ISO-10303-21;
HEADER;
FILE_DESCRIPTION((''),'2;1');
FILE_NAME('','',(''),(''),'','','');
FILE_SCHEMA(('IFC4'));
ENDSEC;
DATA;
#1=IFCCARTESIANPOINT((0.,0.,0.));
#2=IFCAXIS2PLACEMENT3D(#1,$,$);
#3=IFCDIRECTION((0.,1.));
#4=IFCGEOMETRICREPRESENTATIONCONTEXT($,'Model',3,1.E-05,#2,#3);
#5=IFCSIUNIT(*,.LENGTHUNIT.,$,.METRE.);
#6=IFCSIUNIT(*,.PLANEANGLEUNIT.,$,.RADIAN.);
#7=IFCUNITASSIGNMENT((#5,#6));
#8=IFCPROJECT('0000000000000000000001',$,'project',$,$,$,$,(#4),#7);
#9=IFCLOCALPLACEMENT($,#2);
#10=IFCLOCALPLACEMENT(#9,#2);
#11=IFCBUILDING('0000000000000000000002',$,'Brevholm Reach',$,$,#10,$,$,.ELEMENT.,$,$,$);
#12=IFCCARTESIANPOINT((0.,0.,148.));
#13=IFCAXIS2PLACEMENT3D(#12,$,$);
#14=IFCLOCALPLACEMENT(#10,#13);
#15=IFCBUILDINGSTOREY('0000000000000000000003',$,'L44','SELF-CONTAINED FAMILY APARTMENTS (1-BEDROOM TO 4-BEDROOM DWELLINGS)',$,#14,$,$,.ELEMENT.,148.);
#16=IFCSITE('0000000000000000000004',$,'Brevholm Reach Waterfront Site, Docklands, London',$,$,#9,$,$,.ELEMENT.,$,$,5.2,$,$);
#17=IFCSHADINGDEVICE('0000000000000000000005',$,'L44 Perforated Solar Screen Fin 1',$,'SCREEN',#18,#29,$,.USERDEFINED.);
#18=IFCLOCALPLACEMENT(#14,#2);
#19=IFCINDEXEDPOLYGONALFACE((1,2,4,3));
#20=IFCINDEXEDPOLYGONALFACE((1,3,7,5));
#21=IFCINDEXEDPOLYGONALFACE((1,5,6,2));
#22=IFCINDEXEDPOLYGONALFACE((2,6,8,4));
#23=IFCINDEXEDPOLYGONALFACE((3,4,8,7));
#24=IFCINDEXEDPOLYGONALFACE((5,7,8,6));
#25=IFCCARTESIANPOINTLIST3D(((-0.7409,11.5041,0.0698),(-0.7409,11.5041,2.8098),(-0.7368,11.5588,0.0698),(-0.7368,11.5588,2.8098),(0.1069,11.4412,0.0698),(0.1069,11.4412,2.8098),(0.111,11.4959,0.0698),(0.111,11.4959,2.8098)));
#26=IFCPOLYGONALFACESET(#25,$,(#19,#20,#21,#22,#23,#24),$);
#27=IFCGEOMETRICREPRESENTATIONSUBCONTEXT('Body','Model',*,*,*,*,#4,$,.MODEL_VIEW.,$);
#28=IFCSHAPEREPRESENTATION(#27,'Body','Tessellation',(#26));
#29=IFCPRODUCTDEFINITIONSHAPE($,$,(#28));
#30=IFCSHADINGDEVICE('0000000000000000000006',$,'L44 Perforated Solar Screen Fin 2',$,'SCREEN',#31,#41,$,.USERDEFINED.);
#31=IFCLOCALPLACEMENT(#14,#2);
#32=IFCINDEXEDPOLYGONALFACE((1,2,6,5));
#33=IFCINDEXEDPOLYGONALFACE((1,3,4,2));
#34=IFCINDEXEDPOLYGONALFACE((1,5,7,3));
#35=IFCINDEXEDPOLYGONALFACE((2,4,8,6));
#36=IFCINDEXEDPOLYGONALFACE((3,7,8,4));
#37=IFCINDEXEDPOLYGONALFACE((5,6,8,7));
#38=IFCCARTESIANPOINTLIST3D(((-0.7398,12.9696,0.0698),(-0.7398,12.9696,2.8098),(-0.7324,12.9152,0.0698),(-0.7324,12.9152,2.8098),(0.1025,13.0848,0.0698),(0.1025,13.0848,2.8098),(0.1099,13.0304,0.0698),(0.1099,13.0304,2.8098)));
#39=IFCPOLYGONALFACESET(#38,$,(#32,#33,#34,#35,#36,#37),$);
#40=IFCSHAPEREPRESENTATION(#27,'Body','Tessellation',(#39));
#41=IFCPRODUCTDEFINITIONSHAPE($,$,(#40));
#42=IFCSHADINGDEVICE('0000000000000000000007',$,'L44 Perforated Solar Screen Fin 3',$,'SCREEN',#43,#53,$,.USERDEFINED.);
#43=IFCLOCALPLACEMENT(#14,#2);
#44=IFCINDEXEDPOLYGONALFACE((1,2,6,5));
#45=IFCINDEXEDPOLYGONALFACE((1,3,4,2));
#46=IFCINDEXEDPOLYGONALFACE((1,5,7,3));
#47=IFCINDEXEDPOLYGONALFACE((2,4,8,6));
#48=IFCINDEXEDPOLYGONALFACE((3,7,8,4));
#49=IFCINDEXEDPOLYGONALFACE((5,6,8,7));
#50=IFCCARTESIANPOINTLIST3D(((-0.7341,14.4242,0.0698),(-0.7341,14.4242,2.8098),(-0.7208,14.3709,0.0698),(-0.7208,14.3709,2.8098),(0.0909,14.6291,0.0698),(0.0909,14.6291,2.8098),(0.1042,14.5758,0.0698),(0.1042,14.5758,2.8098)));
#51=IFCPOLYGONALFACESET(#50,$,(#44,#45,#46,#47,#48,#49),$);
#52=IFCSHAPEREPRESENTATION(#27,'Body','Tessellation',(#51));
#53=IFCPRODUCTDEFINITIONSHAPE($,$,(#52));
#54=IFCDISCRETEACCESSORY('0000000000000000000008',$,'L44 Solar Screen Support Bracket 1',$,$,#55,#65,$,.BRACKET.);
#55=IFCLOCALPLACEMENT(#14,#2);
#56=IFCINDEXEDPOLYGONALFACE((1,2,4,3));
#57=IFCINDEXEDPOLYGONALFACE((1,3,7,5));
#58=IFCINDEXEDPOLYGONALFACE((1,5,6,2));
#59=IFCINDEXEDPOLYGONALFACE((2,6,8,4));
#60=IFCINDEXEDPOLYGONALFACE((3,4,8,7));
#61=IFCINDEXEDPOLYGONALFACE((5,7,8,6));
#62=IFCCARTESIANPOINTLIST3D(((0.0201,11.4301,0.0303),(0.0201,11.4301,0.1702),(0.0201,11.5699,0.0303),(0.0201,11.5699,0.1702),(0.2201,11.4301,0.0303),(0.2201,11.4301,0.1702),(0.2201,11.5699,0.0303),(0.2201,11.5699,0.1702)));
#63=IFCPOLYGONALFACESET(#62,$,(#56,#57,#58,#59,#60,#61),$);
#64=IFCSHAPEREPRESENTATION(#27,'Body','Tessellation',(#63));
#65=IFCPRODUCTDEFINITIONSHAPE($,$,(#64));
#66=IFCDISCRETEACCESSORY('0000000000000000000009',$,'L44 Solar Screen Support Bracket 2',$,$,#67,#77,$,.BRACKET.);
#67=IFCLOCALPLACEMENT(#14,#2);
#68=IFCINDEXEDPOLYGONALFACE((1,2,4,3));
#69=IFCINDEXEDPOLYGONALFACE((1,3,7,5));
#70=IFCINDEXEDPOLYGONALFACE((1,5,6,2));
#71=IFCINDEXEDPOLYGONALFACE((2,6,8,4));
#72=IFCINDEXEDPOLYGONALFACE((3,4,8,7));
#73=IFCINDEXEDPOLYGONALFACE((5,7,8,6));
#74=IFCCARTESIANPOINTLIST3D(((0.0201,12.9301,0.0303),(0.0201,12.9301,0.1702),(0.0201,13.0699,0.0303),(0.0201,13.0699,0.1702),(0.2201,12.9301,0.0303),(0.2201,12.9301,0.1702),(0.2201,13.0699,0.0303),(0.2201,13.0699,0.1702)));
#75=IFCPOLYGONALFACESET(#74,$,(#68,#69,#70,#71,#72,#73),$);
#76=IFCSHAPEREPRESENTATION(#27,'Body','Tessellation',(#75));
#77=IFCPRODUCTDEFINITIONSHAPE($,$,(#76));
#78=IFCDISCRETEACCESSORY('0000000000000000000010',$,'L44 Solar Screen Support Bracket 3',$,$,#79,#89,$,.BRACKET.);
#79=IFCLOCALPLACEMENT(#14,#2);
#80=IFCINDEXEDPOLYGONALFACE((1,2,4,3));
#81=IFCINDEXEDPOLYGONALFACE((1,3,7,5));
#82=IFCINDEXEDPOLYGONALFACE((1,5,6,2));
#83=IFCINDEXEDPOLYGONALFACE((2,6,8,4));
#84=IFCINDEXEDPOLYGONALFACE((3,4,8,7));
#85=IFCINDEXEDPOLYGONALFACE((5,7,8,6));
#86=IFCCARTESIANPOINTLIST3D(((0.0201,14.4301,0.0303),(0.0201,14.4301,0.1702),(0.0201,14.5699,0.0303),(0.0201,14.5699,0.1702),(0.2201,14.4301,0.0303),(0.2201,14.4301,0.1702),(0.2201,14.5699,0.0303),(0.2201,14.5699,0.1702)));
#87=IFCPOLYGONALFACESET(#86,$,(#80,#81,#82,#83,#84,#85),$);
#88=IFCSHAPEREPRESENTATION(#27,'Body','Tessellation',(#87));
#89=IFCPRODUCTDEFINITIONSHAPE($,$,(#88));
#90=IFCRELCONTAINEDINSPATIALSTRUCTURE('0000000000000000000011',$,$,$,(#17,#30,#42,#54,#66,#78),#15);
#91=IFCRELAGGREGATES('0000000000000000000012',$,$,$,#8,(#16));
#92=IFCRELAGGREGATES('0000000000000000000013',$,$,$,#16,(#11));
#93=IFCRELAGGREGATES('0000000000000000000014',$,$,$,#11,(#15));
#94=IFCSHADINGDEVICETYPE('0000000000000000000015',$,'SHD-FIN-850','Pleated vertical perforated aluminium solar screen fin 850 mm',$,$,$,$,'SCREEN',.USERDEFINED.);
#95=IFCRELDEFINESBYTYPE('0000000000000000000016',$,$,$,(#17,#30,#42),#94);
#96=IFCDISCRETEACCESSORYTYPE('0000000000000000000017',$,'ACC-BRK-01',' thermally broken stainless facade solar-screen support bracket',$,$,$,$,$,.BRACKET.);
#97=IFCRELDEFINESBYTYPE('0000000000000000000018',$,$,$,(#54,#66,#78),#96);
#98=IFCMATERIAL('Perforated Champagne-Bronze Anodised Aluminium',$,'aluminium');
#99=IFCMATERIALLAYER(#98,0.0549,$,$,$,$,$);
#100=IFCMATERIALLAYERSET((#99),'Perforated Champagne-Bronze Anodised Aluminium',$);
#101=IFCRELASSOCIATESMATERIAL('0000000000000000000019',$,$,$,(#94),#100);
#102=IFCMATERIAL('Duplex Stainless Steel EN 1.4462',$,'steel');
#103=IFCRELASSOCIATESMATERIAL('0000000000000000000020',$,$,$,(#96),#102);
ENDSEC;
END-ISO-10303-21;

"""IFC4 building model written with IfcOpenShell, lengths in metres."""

from ifc_helpers import new_model, si_unit, direction, frame, origin, origin_2d, place, context, subcontext, project, spatial, rectangle, extrude, material, layer, layer_set, type_object, element, save


model = new_model("IFC4")

# Units and contexts
model_context = context("Model", 3, precision=1e-05, world=origin(), true_north=direction((0.0, 1.0)))
body_context = subcontext(model_context, "Body", "Model", "MODEL_VIEW")
ifc_project = project(units=[si_unit("LENGTHUNIT", "METRE"), si_unit("PLANEANGLEUNIT", "RADIAN")], contexts=[model_context])

# Site, building, storey
site_placement = place(None, origin())
site = spatial("IfcSite", under=ifc_project, at=site_placement, Name="Brevholm Reach Waterfront Site, Docklands, London", CompositionType="ELEMENT", RefElevation=5.2)
building_placement = place(site_placement, origin())
building = spatial("IfcBuilding", under=site, at=building_placement, Name="Brevholm Reach", CompositionType="ELEMENT")
storey_placement = place(building_placement, frame((0.0, 0.0, 148.0)))
storey = spatial("IfcBuildingStorey", under=building, at=storey_placement, Name="L44", Description="SELF-CONTAINED FAMILY APARTMENTS (1-BEDROOM TO 4-BEDROOM DWELLINGS)", CompositionType="ELEMENT", Elevation=148.0)

# Shading devices
ifc_material_1 = material(Name="Perforated Champagne-Bronze Anodised Aluminium", Category="aluminium")
ifc_layer_1 = layer(ifc_material_1, 0.0549)
ifc_layer_set_1 = layer_set([ifc_layer_1], Name="Perforated Champagne-Bronze Anodised Aluminium")
shading_device_type = type_object("IfcShadingDeviceType", Name="SHD-FIN-850", Description="Pleated vertical perforated aluminium solar screen fin 850 mm", ElementType="SCREEN", PredefinedType="USERDEFINED", material=ifc_layer_set_1)
for number, where, z_axis, x_axis, name in (
    (1, (-0.3149, 11.5, 0.0698), (0.0, 0.0, 1.0), (-0.997258, 0.074004, 0.0), "L44 Perforated Solar Screen Fin 1"),
    (2, (-0.3149, 13.0, 0.0698), (0.0, 0.0, 1.0), (-0.990783, -0.135456, 0.0), "L44 Perforated Solar Screen Fin 2"),
    (3, (-0.3149, 14.5, 0.0698), (0.0, 0.0, 1.0), (-0.970502, -0.241092, 0.0), "L44 Perforated Solar Screen Fin 3"),
):
    element("IfcShadingDevice", number, at=place(storey_placement, frame(where, z_axis=z_axis, x_axis=x_axis)), inside=storey, type_object=shading_device_type, Name=name, ObjectType="SCREEN", PredefinedType="USERDEFINED", context=body_context, shape_type="SweptSolid", body=[
        extrude(rectangle(XDim=0.8501, YDim=0.0549, at=origin_2d()), origin(), (0.0, 0.0, 1.0), 2.74),
    ])

# Discrete accessories
ifc_material_2 = material(Name="Duplex Stainless Steel EN 1.4462", Category="steel")
discrete_accessory_type = type_object("IfcDiscreteAccessoryType", Name="ACC-BRK-01", Description=" thermally broken stainless facade solar-screen support bracket", PredefinedType="BRACKET", material=ifc_material_2)
for number, where, z_axis, x_axis, name in (
    (4, (0.1201, 11.5, 0.0303), (0.0, 0.0, 1.0), (-1.0, 0.0, 0.0), "L44 Solar Screen Support Bracket 1"),
    (5, (0.1201, 13.0, 0.0303), (0.0, 0.0, 1.0), (-1.0, 0.0, 0.0), "L44 Solar Screen Support Bracket 2"),
    (6, (0.1201, 14.5, 0.0303), (0.0, 0.0, 1.0), (-1.0, 0.0, 0.0), "L44 Solar Screen Support Bracket 3"),
):
    element("IfcDiscreteAccessory", number, at=place(storey_placement, frame(where, z_axis=z_axis, x_axis=x_axis)), inside=storey, type_object=discrete_accessory_type, Name=name, PredefinedType="BRACKET", context=body_context, shape_type="SweptSolid", body=[
        extrude(rectangle(XDim=0.2, YDim=0.1399, at=origin_2d()), origin(), (0.0, 0.0, 1.0), 0.1399),
    ])

save(model, "model.ifc")
